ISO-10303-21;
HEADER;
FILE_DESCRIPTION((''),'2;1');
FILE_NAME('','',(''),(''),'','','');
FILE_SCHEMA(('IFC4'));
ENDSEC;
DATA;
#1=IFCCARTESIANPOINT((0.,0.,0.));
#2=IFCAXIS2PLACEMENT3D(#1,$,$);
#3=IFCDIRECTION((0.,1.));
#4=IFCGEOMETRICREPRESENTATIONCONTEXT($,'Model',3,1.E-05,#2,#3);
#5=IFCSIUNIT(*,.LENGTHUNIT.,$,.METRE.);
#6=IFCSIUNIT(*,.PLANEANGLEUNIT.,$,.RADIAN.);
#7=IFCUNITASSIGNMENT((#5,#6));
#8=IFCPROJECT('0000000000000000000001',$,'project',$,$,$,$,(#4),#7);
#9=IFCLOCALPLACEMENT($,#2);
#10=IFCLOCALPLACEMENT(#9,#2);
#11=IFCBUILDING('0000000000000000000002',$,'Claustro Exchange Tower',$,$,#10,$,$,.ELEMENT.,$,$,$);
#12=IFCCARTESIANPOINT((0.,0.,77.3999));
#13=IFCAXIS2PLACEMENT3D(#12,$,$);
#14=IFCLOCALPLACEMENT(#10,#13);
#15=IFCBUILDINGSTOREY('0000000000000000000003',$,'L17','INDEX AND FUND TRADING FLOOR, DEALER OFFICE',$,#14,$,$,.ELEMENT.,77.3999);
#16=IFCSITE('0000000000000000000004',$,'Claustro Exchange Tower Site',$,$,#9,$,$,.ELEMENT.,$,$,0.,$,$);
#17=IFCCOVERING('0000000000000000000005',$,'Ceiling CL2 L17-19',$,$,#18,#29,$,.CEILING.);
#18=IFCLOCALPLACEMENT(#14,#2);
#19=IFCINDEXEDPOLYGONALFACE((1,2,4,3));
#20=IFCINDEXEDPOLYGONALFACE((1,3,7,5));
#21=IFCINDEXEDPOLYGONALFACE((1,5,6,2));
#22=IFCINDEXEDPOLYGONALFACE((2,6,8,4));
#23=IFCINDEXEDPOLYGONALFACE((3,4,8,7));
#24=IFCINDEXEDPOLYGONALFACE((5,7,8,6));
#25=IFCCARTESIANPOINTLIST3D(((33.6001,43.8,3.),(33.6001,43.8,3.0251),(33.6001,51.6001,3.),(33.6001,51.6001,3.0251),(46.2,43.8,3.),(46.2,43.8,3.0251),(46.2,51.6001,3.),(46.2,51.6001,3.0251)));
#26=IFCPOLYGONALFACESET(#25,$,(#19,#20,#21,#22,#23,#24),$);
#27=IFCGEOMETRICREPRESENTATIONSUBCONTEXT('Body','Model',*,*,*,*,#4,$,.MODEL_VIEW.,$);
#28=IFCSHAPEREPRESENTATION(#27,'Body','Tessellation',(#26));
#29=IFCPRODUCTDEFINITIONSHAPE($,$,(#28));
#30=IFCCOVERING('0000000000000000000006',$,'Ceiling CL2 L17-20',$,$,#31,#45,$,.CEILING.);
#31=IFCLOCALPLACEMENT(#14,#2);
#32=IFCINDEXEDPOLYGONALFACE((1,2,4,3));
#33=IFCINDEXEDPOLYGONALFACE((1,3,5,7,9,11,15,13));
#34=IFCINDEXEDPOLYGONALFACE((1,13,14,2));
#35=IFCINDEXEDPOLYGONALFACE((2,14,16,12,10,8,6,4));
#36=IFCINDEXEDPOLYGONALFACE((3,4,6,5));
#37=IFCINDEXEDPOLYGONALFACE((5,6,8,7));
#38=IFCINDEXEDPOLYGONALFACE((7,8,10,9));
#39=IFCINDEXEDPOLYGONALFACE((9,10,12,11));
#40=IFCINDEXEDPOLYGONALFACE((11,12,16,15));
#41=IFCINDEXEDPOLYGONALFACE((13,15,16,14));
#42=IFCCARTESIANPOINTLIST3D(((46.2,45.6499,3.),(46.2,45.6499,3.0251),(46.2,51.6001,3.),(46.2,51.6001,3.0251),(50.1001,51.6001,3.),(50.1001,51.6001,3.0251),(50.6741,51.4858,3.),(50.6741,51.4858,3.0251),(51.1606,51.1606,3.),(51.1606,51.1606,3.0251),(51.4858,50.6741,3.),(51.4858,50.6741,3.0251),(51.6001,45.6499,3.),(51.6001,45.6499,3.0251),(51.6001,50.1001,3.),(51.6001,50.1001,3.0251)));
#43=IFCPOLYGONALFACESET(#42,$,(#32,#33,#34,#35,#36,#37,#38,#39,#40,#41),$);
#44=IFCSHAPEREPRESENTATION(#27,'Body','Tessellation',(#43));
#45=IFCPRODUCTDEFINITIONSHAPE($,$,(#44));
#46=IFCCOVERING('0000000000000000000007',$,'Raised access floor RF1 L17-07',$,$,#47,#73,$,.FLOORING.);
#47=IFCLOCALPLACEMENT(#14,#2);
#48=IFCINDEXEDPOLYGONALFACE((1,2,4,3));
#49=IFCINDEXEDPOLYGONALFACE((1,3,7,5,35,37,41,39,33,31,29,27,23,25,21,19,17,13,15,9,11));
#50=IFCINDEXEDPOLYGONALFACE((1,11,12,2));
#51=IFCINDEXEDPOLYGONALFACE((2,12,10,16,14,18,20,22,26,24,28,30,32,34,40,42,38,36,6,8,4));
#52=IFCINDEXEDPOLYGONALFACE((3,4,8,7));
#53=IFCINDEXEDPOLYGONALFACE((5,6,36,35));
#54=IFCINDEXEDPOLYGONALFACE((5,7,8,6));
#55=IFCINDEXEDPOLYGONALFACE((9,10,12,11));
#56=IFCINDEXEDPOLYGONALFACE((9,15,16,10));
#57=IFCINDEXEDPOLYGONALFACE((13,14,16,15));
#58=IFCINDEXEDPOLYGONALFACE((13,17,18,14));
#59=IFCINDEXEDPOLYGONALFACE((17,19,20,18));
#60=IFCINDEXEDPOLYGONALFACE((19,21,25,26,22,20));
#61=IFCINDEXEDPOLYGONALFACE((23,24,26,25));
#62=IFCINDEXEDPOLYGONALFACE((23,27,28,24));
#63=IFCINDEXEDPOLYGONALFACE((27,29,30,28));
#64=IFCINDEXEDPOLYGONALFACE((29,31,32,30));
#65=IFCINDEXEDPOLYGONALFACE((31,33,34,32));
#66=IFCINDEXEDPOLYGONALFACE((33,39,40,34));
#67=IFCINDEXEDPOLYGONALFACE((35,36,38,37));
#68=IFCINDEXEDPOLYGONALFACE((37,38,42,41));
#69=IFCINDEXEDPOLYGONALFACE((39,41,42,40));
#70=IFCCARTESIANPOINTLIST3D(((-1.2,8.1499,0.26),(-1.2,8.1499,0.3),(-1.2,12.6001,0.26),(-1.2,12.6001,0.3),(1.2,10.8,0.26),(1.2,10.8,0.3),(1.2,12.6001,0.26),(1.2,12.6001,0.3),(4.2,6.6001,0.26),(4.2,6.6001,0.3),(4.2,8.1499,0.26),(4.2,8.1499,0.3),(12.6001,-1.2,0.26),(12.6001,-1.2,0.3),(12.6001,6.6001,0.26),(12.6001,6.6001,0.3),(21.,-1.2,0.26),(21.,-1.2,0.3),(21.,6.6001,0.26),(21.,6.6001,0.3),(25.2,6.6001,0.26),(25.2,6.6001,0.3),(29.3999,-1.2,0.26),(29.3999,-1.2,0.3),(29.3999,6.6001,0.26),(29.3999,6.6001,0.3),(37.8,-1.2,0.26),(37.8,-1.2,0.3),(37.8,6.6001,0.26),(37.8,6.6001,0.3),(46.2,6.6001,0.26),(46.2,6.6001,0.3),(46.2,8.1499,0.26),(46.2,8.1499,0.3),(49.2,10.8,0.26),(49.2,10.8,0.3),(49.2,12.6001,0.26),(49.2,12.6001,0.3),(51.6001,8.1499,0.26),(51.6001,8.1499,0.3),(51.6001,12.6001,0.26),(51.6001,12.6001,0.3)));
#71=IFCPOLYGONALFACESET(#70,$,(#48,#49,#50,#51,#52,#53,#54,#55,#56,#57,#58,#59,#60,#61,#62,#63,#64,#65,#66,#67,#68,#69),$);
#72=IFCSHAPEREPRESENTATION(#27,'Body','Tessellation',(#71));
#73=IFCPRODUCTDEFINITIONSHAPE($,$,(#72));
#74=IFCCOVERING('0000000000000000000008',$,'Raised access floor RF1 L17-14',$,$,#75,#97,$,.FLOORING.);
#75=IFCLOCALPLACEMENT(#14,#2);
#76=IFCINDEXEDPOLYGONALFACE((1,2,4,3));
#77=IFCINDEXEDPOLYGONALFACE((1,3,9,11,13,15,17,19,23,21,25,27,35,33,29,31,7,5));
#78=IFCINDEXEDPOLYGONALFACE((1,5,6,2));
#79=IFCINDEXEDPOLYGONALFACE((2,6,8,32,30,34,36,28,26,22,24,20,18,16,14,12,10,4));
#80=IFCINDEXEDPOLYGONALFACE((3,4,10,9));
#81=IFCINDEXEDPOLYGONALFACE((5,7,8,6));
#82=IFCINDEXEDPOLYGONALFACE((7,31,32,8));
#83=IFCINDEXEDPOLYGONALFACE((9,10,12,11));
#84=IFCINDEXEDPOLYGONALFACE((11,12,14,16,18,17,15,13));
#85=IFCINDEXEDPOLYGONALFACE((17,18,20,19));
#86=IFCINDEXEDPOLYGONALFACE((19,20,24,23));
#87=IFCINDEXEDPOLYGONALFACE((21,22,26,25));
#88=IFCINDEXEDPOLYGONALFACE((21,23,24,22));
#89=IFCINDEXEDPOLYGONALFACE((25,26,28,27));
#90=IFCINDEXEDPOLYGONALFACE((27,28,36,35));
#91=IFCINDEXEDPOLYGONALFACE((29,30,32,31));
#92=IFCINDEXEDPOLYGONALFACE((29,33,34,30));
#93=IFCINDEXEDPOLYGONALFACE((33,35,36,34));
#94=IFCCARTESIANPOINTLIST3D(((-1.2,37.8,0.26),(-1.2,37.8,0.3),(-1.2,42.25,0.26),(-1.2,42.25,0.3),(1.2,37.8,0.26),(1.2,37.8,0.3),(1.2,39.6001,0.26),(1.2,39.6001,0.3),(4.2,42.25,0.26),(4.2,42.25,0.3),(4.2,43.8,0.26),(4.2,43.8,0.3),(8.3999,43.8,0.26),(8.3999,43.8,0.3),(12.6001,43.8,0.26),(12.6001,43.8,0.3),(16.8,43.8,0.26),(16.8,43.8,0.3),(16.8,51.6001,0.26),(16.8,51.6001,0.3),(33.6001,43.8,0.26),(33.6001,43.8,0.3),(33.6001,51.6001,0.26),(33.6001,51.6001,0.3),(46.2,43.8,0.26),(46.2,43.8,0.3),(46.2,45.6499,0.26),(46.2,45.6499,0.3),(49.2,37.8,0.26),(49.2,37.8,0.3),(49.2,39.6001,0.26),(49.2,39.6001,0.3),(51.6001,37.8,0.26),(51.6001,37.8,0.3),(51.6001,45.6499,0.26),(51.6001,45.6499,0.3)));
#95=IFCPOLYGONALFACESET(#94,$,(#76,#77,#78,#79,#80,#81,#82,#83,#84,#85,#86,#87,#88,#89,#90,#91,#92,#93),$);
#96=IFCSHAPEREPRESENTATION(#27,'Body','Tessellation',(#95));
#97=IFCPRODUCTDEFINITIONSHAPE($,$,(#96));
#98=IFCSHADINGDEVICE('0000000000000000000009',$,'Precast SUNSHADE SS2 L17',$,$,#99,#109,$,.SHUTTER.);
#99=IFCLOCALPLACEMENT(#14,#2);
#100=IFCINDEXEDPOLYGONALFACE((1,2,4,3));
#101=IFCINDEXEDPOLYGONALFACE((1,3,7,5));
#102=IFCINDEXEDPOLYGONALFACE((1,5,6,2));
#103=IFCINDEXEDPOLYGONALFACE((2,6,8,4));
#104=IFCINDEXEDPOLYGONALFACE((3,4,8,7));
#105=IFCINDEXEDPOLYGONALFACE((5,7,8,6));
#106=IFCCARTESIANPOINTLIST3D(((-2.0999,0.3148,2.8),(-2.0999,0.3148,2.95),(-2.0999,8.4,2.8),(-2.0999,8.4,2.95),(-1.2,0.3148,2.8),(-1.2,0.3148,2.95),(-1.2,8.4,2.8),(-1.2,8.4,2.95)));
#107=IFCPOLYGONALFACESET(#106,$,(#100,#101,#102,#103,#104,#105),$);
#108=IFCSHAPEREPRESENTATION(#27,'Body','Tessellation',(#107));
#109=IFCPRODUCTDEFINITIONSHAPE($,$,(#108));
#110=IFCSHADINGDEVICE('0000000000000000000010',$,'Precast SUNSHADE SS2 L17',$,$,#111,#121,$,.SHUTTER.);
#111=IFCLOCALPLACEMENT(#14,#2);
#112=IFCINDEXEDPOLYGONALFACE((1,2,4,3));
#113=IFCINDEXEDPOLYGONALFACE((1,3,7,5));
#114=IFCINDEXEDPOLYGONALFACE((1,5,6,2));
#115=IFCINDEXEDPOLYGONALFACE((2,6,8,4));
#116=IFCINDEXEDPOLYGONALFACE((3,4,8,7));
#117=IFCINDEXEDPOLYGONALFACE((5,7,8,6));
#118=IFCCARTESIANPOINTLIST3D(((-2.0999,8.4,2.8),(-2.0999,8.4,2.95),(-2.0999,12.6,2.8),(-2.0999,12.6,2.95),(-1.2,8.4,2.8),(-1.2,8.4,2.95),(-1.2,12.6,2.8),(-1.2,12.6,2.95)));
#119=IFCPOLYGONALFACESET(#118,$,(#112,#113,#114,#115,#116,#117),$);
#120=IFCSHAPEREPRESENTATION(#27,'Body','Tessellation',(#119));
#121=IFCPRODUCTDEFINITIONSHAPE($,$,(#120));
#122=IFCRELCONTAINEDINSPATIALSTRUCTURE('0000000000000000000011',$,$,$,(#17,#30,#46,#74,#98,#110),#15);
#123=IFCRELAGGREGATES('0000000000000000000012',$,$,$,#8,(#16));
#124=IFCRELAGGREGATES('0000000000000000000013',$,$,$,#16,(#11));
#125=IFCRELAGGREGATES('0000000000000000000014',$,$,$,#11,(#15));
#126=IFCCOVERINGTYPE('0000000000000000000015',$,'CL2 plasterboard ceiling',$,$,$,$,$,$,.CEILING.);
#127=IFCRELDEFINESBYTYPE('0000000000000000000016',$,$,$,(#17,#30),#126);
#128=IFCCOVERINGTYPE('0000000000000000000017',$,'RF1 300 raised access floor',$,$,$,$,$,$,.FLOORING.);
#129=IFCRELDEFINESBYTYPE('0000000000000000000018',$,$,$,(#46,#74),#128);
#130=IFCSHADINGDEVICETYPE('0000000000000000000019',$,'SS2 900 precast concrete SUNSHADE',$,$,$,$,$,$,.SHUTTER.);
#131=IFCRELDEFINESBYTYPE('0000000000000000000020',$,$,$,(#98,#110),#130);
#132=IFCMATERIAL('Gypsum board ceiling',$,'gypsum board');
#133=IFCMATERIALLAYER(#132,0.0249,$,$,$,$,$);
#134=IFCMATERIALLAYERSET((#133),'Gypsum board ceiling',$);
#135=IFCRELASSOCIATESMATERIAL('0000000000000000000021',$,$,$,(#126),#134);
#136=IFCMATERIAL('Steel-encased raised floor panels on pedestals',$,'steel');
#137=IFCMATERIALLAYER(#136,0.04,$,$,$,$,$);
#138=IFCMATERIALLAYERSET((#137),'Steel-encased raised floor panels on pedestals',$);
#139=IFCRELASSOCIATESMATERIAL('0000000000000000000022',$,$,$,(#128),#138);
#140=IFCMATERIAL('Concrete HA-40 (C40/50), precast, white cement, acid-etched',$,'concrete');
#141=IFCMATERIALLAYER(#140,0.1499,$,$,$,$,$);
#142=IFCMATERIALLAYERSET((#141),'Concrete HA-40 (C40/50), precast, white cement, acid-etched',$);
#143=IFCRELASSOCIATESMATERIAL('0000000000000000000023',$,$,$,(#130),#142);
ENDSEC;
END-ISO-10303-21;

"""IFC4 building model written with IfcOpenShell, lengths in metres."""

from ifc_helpers import new_model, si_unit, direction, frame, origin, origin_2d, place, context, subcontext, project, spatial, polyline, rectangle, outline, extrude, material, layer, layer_set, type_object, element, save


model = new_model("IFC4")

# Units and contexts
model_context = context("Model", 3, precision=1e-05, world=origin(), true_north=direction((0.0, 1.0)))
body_context = subcontext(model_context, "Body", "Model", "MODEL_VIEW")
ifc_project = project(units=[si_unit("LENGTHUNIT", "METRE"), si_unit("PLANEANGLEUNIT", "RADIAN")], contexts=[model_context])

# Site, building, storey
site_placement = place(None, origin())
site = spatial("IfcSite", under=ifc_project, at=site_placement, Name="Claustro Exchange Tower Site", CompositionType="ELEMENT", RefElevation=0.0)
building_placement = place(site_placement, origin())
building = spatial("IfcBuilding", under=site, at=building_placement, Name="Claustro Exchange Tower", CompositionType="ELEMENT")
storey_placement = place(building_placement, frame((0.0, 0.0, 77.3999)))
storey = spatial("IfcBuildingStorey", under=building, at=storey_placement, Name="L17", Description="INDEX AND FUND TRADING FLOOR, DEALER OFFICE", CompositionType="ELEMENT", Elevation=77.3999)

# Coverings
ifc_material_1 = material(Name="Gypsum board ceiling", Category="gypsum board")
ifc_layer_1 = layer(ifc_material_1, 0.0249)
ifc_layer_set_1 = layer_set([ifc_layer_1], Name="Gypsum board ceiling")
covering_type_1 = type_object("IfcCoveringType", Name="CL2 plasterboard ceiling", PredefinedType="CEILING", material=ifc_layer_set_1)
covering_1_placement = place(storey_placement, frame((0.0, 0.0, 3.0)))
element("IfcCovering", 1, at=covering_1_placement, inside=storey, type_object=covering_type_1, Name="Ceiling CL2 L17-19", PredefinedType="CEILING", context=body_context, shape_type="SweptSolid", body=[
    extrude(outline(polyline([(46.2, 51.6001), (33.6001, 51.6001), (33.6001, 43.8), (46.2, 43.8), (46.2, 51.6001)])), origin(), (0.0, 0.0, 1.0), 0.0251),
])
covering_2_placement = place(storey_placement, frame((0.0, 0.0, 3.0)))
element("IfcCovering", 2, at=covering_2_placement, inside=storey, type_object=covering_type_1, Name="Ceiling CL2 L17-20", PredefinedType="CEILING", context=body_context, shape_type="SweptSolid", body=[
    extrude(outline(polyline([(50.1001, 51.6001), (46.2, 51.6001), (46.2, 45.6499), (51.6001, 45.6499), (51.6001, 50.1001), (51.4858, 50.6741), (51.1606, 51.1606), (50.6741, 51.4858), (50.1001, 51.6001)])), origin(), (0.0, 0.0, 1.0), 0.0251),
])
ifc_material_2 = material(Name="Steel-encased raised floor panels on pedestals", Category="steel")
ifc_layer_2 = layer(ifc_material_2, 0.04)
ifc_layer_set_2 = layer_set([ifc_layer_2], Name="Steel-encased raised floor panels on pedestals")
covering_type_2 = type_object("IfcCoveringType", Name="RF1 300 raised access floor", PredefinedType="FLOORING", material=ifc_layer_set_2)
covering_3_placement = place(storey_placement, frame((0.0, 0.0, 0.26)))
element("IfcCovering", 3, at=covering_3_placement, inside=storey, type_object=covering_type_2, Name="Raised access floor RF1 L17-07", PredefinedType="FLOORING", context=body_context, shape_type="SweptSolid", body=[
    extrude(outline(polyline([(-1.2, 12.6001), (-1.2, 8.1499), (4.2, 8.1499), (4.2, 6.6001), (12.6001, 6.6001), (12.6001, -1.2), (21.0, -1.2), (21.0, 6.6001), (25.2, 6.6001), (29.3999, 6.6001), (29.3999, -1.2), (37.8, -1.2), (37.8, 6.6001), (46.2, 6.6001), (46.2, 8.1499), (51.6001, 8.1499), (51.6001, 12.6001), (49.2, 12.6001), (49.2, 10.8), (1.2, 10.8), (1.2, 12.6001), (-1.2, 12.6001)])), origin(), (0.0, 0.0, 1.0), 0.04),
])
covering_4_placement = place(storey_placement, frame((0.0, 0.0, 0.26)))
element("IfcCovering", 4, at=covering_4_placement, inside=storey, type_object=covering_type_2, Name="Raised access floor RF1 L17-14", PredefinedType="FLOORING", context=body_context, shape_type="SweptSolid", body=[
    extrude(outline(polyline([(-1.2, 42.25), (-1.2, 37.8), (1.2, 37.8), (1.2, 39.6001), (49.2, 39.6001), (49.2, 37.8), (51.6001, 37.8), (51.6001, 45.6499), (46.2, 45.6499), (46.2, 43.8), (33.6001, 43.8), (33.6001, 51.6001), (16.8, 51.6001), (16.8, 43.8), (12.6001, 43.8), (8.3999, 43.8), (4.2, 43.8), (4.2, 42.25), (-1.2, 42.25)])), origin(), (0.0, 0.0, 1.0), 0.04),
])

# Shading devices
ifc_material_3 = material(Name="Concrete HA-40 (C40/50), precast, white cement, acid-etched", Category="concrete")
ifc_layer_3 = layer(ifc_material_3, 0.1499)
ifc_layer_set_3 = layer_set([ifc_layer_3], Name="Concrete HA-40 (C40/50), precast, white cement, acid-etched")
shading_device_type = type_object("IfcShadingDeviceType", Name="SS2 900 precast concrete SUNSHADE", PredefinedType="SHUTTER", material=ifc_layer_set_3)
shading_device_1_placement = place(storey_placement, frame((-1.6499, 4.3574, 2.8), z_axis=(0.0, 0.0, 1.0), x_axis=(0.0, 1.0, 0.0)))
element("IfcShadingDevice", 5, at=shading_device_1_placement, inside=storey, type_object=shading_device_type, Name="Precast SUNSHADE SS2 L17", PredefinedType="SHUTTER", context=body_context, shape_type="SweptSolid", body=[
    extrude(rectangle(XDim=8.0852, YDim=0.8999, at=origin_2d()), origin(), (0.0, 0.0, 1.0), 0.1499),
])
shading_device_2_placement = place(storey_placement, frame((-1.6499, 10.5, 2.8), z_axis=(0.0, 0.0, 1.0), x_axis=(0.0, 1.0, 0.0)))
element("IfcShadingDevice", 6, at=shading_device_2_placement, inside=storey, type_object=shading_device_type, Name="Precast SUNSHADE SS2 L17", PredefinedType="SHUTTER", context=body_context, shape_type="SweptSolid", body=[
    extrude(rectangle(XDim=4.2, YDim=0.8999, at=origin_2d()), origin(), (0.0, 0.0, 1.0), 0.1499),
])

save(model, "model.ifc")
